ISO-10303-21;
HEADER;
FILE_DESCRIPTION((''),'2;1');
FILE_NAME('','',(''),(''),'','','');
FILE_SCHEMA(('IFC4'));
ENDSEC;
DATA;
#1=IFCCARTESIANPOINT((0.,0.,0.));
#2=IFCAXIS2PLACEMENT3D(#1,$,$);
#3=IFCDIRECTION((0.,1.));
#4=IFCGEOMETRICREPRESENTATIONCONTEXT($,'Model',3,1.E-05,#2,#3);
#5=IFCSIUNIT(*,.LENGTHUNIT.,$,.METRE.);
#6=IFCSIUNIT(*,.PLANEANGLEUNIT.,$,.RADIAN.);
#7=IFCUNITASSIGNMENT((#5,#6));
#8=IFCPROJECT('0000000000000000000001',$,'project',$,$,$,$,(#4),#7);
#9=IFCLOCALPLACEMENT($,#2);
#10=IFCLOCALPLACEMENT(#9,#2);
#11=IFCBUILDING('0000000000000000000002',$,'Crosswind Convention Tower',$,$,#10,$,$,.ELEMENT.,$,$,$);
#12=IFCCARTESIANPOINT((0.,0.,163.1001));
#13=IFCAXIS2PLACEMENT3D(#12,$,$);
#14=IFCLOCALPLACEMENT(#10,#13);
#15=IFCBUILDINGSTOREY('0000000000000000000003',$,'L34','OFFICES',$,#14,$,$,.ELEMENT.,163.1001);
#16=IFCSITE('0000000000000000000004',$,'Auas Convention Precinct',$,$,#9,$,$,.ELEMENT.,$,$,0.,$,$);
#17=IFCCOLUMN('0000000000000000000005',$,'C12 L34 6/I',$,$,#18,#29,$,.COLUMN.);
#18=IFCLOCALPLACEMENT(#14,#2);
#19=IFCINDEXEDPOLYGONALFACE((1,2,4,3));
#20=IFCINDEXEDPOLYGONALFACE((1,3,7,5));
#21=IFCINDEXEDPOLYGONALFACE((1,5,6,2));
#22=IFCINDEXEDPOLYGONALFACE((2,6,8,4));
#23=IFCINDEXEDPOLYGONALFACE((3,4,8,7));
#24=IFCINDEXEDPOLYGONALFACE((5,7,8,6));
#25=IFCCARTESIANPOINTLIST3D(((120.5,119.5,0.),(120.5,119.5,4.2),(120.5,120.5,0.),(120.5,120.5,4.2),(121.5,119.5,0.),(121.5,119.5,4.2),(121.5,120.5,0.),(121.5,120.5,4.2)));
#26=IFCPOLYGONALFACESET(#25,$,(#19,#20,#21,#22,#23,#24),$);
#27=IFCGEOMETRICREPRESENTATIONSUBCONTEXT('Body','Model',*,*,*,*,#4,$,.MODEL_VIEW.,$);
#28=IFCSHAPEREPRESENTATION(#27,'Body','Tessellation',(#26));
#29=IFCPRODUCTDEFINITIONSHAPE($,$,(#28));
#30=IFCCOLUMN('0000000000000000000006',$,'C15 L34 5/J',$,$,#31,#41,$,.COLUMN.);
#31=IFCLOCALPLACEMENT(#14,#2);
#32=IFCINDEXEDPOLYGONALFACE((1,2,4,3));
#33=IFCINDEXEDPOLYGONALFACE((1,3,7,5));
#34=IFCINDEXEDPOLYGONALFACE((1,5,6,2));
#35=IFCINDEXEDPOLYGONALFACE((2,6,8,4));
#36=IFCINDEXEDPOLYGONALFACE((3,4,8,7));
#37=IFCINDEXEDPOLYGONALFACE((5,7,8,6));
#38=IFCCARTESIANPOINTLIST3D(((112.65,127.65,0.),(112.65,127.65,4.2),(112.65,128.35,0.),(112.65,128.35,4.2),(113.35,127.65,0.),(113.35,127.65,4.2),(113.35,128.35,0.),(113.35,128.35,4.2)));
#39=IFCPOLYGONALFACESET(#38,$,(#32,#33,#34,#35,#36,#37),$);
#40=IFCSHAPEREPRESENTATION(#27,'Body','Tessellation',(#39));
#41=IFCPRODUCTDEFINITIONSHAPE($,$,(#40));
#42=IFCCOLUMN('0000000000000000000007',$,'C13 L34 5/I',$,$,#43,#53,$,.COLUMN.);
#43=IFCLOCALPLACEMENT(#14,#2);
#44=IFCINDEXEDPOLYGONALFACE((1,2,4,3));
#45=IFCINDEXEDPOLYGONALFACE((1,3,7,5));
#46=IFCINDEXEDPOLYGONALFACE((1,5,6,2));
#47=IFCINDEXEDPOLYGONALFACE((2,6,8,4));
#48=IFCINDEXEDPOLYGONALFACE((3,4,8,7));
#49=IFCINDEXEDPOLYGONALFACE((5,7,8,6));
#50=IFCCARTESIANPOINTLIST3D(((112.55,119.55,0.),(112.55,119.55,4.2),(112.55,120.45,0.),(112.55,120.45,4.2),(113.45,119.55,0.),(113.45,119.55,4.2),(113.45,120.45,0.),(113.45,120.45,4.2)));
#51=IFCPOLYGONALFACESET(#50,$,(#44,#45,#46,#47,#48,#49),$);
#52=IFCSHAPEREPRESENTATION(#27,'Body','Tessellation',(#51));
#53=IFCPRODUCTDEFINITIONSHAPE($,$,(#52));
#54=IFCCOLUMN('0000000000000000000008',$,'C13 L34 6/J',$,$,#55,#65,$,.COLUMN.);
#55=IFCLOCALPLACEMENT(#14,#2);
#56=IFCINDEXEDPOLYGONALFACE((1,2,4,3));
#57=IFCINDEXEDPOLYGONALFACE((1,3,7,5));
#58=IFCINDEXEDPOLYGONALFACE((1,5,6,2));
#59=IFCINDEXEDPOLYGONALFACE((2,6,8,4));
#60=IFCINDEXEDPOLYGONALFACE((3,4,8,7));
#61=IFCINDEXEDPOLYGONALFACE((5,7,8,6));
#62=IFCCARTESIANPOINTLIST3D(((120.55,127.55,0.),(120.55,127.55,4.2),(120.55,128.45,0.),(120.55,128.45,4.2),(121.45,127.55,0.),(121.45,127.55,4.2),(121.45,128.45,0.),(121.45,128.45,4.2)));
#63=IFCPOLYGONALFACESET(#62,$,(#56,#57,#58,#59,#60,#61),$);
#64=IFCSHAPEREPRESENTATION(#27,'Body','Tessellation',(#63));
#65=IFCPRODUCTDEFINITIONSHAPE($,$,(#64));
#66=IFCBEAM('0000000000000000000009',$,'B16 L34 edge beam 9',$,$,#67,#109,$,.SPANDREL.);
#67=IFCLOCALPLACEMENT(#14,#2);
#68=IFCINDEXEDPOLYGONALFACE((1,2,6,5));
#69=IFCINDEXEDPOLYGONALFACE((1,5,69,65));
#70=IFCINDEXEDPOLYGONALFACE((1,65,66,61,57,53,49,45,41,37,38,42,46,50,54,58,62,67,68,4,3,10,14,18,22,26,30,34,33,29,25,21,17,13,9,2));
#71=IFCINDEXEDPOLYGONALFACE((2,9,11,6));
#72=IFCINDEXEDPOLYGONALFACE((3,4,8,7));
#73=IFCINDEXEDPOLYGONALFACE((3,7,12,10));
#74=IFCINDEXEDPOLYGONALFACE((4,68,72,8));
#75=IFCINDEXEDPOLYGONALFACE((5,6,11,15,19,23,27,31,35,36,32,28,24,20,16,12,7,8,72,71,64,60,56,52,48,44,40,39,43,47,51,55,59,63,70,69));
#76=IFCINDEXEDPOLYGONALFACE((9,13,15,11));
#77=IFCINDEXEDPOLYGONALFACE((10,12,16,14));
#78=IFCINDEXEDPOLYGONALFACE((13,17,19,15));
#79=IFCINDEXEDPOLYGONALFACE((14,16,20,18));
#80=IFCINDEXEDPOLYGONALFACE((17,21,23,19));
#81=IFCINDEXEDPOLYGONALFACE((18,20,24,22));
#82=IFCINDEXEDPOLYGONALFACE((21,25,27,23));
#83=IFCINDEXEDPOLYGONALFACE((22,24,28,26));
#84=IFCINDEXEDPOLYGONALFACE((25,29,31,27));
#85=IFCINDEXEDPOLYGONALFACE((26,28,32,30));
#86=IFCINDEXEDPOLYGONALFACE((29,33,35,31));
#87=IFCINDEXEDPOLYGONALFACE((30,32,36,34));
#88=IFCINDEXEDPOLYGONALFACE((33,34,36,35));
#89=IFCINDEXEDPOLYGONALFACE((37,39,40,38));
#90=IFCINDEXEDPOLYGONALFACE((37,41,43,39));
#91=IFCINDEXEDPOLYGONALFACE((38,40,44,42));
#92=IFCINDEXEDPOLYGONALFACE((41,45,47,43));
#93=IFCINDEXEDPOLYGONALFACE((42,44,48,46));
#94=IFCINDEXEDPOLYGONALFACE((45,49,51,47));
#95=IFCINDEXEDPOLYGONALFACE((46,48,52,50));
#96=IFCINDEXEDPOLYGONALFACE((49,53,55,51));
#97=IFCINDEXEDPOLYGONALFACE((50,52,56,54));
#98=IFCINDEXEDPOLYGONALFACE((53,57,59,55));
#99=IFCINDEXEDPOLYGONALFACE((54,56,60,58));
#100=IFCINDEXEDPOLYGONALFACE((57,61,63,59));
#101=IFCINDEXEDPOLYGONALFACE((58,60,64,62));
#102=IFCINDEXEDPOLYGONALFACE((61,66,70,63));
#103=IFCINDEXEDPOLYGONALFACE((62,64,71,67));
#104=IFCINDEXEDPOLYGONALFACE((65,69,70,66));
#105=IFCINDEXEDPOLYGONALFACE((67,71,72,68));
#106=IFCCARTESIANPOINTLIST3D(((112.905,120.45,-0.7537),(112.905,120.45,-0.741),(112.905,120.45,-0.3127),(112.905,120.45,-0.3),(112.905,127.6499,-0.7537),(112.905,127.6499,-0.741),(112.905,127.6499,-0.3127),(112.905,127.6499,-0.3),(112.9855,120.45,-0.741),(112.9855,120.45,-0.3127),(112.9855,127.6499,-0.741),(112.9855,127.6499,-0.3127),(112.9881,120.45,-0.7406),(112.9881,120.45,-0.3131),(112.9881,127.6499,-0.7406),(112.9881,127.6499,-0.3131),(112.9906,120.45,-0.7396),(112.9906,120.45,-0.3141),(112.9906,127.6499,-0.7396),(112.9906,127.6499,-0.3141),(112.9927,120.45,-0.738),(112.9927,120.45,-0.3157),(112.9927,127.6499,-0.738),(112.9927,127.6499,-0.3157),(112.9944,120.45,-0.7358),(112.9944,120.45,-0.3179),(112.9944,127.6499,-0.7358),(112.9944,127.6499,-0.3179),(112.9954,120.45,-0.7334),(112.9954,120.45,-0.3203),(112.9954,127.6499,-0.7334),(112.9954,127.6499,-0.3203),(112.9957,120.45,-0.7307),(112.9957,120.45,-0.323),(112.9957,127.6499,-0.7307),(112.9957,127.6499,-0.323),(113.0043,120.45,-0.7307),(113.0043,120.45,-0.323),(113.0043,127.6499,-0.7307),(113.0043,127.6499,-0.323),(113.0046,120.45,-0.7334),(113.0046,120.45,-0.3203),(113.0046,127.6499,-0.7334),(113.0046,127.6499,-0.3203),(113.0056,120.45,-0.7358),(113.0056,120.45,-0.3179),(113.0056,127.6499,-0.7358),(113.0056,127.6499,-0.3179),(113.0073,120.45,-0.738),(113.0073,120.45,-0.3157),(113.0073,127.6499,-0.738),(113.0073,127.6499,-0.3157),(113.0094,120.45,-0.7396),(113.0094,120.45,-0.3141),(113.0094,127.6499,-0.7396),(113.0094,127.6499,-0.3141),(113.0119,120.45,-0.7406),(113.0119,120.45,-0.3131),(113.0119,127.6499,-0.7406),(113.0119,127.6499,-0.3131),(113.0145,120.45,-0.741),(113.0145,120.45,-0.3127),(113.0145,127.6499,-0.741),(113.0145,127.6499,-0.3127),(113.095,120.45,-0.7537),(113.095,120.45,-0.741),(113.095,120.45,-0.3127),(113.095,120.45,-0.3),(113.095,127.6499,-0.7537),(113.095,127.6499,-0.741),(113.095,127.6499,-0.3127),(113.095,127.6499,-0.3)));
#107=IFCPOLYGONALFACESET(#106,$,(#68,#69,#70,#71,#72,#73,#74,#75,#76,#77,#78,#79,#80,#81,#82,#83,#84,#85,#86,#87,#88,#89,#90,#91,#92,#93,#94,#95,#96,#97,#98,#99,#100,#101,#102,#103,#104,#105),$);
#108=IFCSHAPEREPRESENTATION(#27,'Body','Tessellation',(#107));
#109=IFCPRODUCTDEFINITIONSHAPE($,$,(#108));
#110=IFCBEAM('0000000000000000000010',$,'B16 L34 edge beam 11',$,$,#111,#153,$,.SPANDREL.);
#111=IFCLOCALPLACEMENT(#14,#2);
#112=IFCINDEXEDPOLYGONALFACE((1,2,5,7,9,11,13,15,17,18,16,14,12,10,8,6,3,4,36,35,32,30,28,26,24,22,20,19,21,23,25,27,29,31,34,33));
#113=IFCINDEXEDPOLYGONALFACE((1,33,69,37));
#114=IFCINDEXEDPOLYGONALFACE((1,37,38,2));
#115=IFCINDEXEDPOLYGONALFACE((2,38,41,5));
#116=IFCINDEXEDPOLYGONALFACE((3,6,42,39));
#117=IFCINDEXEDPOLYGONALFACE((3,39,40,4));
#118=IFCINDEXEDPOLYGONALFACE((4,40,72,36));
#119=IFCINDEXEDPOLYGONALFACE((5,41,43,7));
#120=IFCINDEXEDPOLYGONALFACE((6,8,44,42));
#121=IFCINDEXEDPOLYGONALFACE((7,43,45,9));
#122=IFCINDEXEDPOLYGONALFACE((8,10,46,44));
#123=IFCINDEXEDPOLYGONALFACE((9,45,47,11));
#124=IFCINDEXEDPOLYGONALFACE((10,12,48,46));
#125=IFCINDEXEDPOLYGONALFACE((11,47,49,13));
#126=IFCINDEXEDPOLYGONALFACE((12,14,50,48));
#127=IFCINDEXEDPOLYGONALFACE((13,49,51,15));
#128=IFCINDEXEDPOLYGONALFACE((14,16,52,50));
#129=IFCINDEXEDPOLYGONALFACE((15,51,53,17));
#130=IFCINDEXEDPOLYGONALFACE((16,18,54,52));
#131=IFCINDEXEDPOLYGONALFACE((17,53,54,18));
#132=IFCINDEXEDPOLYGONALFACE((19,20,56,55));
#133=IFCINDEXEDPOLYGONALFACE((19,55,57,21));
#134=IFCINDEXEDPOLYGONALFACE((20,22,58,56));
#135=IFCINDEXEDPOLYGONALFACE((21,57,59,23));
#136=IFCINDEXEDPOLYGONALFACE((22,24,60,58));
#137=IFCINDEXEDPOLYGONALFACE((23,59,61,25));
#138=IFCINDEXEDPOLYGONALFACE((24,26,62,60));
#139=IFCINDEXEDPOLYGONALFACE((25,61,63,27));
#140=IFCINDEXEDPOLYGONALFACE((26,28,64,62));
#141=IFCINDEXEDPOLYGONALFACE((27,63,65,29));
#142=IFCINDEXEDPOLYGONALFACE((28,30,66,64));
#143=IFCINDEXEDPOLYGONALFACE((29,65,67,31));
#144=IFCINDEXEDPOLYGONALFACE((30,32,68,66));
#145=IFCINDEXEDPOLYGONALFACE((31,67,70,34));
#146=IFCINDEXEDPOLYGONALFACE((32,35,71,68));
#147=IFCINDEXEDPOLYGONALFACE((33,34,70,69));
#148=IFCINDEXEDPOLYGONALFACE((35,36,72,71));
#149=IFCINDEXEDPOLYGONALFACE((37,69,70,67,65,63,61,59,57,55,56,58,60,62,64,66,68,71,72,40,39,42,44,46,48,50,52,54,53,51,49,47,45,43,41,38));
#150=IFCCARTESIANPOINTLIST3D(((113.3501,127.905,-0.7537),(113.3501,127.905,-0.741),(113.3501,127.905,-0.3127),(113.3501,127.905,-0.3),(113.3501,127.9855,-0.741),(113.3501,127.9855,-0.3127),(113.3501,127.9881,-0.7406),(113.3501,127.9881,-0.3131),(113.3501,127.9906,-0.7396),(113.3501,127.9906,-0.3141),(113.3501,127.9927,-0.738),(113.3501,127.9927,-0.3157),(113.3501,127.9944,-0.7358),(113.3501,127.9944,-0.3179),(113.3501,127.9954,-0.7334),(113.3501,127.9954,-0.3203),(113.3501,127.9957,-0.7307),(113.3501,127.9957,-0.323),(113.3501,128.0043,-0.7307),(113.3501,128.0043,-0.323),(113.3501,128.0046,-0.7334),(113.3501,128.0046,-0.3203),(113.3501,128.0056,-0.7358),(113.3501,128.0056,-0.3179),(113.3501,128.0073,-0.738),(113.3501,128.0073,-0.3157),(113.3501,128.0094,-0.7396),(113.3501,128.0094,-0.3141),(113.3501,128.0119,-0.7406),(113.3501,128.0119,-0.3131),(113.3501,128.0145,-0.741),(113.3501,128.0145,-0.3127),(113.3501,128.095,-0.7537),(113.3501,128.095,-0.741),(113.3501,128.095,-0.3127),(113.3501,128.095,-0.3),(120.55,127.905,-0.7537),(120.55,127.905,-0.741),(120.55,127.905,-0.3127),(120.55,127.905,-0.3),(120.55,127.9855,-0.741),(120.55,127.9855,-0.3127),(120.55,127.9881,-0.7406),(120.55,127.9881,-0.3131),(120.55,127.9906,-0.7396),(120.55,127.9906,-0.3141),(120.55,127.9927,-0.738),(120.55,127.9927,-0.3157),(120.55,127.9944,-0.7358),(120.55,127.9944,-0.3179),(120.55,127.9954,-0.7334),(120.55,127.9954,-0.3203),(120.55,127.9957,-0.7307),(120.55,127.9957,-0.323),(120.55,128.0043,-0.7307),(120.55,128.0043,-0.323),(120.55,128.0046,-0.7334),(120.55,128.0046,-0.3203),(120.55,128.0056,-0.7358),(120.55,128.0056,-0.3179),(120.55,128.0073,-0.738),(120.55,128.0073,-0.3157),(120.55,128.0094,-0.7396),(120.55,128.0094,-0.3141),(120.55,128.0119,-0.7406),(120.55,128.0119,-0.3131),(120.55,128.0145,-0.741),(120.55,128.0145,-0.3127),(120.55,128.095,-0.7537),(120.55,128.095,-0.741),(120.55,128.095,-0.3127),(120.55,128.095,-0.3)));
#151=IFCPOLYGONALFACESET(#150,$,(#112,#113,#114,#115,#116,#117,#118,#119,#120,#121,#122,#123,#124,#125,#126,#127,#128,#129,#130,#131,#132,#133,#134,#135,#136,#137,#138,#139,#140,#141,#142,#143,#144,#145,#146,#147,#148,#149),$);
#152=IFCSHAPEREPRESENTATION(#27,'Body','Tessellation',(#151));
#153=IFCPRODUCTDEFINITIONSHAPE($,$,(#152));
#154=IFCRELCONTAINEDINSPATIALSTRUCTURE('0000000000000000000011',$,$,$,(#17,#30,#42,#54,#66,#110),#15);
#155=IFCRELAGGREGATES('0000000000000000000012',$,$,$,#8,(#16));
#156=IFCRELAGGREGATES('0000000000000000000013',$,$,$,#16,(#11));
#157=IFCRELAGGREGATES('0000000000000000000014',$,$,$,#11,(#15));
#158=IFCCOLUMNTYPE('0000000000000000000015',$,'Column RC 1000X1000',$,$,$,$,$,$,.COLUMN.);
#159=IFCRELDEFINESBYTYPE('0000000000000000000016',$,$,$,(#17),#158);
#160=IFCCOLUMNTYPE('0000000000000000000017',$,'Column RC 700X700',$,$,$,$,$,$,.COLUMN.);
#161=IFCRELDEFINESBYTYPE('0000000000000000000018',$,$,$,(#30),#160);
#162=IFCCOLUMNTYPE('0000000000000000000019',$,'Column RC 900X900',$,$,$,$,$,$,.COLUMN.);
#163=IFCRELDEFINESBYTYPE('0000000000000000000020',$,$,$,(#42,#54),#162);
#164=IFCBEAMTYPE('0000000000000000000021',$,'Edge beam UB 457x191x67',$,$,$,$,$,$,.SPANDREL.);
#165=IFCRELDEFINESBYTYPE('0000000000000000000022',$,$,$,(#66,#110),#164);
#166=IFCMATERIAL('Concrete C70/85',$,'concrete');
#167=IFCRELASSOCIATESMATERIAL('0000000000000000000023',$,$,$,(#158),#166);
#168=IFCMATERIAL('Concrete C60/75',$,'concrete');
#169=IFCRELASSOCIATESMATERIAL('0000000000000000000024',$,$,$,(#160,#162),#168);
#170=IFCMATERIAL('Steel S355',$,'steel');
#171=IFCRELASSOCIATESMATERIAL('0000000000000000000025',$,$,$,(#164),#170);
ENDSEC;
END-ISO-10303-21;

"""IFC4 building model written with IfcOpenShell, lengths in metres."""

from ifc_helpers import new_model, si_unit, direction, frame, origin, origin_2d, place, context, subcontext, project, spatial, rectangle, i_section, extrude, material, material_profile, profile_set, type_object, element, save


model = new_model("IFC4")

# Units and contexts
model_context = context("Model", 3, precision=1e-05, world=origin(), true_north=direction((0.0, 1.0)))
body_context = subcontext(model_context, "Body", "Model", "MODEL_VIEW")
ifc_project = project(units=[si_unit("LENGTHUNIT", "METRE"), si_unit("PLANEANGLEUNIT", "RADIAN")], contexts=[model_context])

# Site, building, storey
site_placement = place(None, origin())
site = spatial("IfcSite", under=ifc_project, at=site_placement, Name="Auas Convention Precinct", CompositionType="ELEMENT", RefElevation=0.0)
building_placement = place(site_placement, origin())
building = spatial("IfcBuilding", under=site, at=building_placement, Name="Crosswind Convention Tower", CompositionType="ELEMENT")
storey_placement = place(building_placement, frame((0.0, 0.0, 163.1001)))
storey = spatial("IfcBuildingStorey", under=building, at=storey_placement, Name="L34", Description="OFFICES", CompositionType="ELEMENT", Elevation=163.1001)

# Columns
ifc_material_1 = material(Name="Concrete C70/85", Category="concrete")
ifc_material_profile_1 = material_profile(ifc_material_1, rectangle(XDim=1.0, YDim=1.0, at=origin_2d()), Name="RC 1000X1000")
ifc_profile_set_1 = profile_set([ifc_material_profile_1], Name="Concrete C70/85")
column_type_1 = type_object("IfcColumnType", Name="Column RC 1000X1000", PredefinedType="COLUMN", material=ifc_profile_set_1)
column_1_placement = place(storey_placement, frame((121.0, 120.0, 0.0), z_axis=(0.0, 0.0, 1.0), x_axis=(1.0, 0.0, 0.0)))
element("IfcColumn", 1, at=column_1_placement, inside=storey, type_object=column_type_1, Name="C12 L34 6/I", PredefinedType="COLUMN", context=body_context, shape_type="SweptSolid", body=[
    extrude(rectangle(XDim=1.0, YDim=1.0, at=origin_2d()), origin(), (0.0, 0.0, 1.0), 4.2),
])
ifc_material_2 = material(Name="Concrete C60/75", Category="concrete")
ifc_material_profile_2 = material_profile(ifc_material_2, rectangle(XDim=0.7, YDim=0.7, at=origin_2d()), Name="RC 700X700")
ifc_profile_set_2 = profile_set([ifc_material_profile_2], Name="Concrete C60/75")
column_type_2 = type_object("IfcColumnType", Name="Column RC 700X700", PredefinedType="COLUMN", material=ifc_profile_set_2)
column_2_placement = place(storey_placement, frame((113.0, 128.0, 0.0), z_axis=(0.0, 0.0, 1.0), x_axis=(1.0, 0.0, 0.0)))
element("IfcColumn", 2, at=column_2_placement, inside=storey, type_object=column_type_2, Name="C15 L34 5/J", PredefinedType="COLUMN", context=body_context, shape_type="SweptSolid", body=[
    extrude(rectangle(XDim=0.7, YDim=0.7, at=origin_2d()), origin(), (0.0, 0.0, 1.0), 4.2),
])
ifc_material_profile_3 = material_profile(ifc_material_2, rectangle(XDim=0.8999, YDim=0.8999, at=origin_2d()), Name="RC 900X900")
ifc_profile_set_3 = profile_set([ifc_material_profile_3], Name="Concrete C60/75")
column_type_3 = type_object("IfcColumnType", Name="Column RC 900X900", PredefinedType="COLUMN", material=ifc_profile_set_3)
for number, where, z_axis, x_axis, name in (
    (3, (113.0, 120.0, 0.0), (0.0, 0.0, 1.0), (1.0, 0.0, 0.0), "C13 L34 5/I"),
    (4, (121.0, 128.0, 0.0), (0.0, 0.0, 1.0), (1.0, 0.0, 0.0), "C13 L34 6/J"),
):
    element("IfcColumn", number, at=place(storey_placement, frame(where, z_axis=z_axis, x_axis=x_axis)), inside=storey, type_object=column_type_3, Name=name, PredefinedType="COLUMN", context=body_context, shape_type="SweptSolid", body=[
        extrude(rectangle(XDim=0.8999, YDim=0.8999, at=origin_2d()), origin(), (0.0, 0.0, 1.0), 4.2),
    ])

# Beams
ifc_material_3 = material(Name="Steel S355", Category="steel")
ifc_material_profile_4 = material_profile(ifc_material_3, i_section(OverallWidth=0.1899, OverallDepth=0.4536, WebThickness=0.0085, FlangeThickness=0.0127, FilletRadius=0.0103, at=origin_2d()), Name="UB 457x191x67")
ifc_profile_set_4 = profile_set([ifc_material_profile_4], Name="Steel S355")
beam_type_1 = type_object("IfcBeamType", Name="Edge beam UB 457x191x67", PredefinedType="SPANDREL", material=ifc_profile_set_4)
for number, where, z_axis, x_axis, name in (
    (5, (113.0, 120.45, -0.5269), (0.0, 1.0, 0.0), (-1.0, 0.0, 0.0), "B16 L34 edge beam 9"),
    (6, (113.3501, 128.0, -0.5269), (1.0, 0.0, 0.0), (0.0, 1.0, 0.0), "B16 L34 edge beam 11"),
):
    element("IfcBeam", number, at=place(storey_placement, frame(where, z_axis=z_axis, x_axis=x_axis)), inside=storey, type_object=beam_type_1, Name=name, PredefinedType="SPANDREL", context=body_context, shape_type="SweptSolid", body=[
        extrude(i_section(OverallWidth=0.1899, OverallDepth=0.4536, WebThickness=0.0085, FlangeThickness=0.0127, FilletRadius=0.0103, at=origin_2d()), origin(), (0.0, 0.0, 1.0), 7.2),
    ])

save(model, "model.ifc")
